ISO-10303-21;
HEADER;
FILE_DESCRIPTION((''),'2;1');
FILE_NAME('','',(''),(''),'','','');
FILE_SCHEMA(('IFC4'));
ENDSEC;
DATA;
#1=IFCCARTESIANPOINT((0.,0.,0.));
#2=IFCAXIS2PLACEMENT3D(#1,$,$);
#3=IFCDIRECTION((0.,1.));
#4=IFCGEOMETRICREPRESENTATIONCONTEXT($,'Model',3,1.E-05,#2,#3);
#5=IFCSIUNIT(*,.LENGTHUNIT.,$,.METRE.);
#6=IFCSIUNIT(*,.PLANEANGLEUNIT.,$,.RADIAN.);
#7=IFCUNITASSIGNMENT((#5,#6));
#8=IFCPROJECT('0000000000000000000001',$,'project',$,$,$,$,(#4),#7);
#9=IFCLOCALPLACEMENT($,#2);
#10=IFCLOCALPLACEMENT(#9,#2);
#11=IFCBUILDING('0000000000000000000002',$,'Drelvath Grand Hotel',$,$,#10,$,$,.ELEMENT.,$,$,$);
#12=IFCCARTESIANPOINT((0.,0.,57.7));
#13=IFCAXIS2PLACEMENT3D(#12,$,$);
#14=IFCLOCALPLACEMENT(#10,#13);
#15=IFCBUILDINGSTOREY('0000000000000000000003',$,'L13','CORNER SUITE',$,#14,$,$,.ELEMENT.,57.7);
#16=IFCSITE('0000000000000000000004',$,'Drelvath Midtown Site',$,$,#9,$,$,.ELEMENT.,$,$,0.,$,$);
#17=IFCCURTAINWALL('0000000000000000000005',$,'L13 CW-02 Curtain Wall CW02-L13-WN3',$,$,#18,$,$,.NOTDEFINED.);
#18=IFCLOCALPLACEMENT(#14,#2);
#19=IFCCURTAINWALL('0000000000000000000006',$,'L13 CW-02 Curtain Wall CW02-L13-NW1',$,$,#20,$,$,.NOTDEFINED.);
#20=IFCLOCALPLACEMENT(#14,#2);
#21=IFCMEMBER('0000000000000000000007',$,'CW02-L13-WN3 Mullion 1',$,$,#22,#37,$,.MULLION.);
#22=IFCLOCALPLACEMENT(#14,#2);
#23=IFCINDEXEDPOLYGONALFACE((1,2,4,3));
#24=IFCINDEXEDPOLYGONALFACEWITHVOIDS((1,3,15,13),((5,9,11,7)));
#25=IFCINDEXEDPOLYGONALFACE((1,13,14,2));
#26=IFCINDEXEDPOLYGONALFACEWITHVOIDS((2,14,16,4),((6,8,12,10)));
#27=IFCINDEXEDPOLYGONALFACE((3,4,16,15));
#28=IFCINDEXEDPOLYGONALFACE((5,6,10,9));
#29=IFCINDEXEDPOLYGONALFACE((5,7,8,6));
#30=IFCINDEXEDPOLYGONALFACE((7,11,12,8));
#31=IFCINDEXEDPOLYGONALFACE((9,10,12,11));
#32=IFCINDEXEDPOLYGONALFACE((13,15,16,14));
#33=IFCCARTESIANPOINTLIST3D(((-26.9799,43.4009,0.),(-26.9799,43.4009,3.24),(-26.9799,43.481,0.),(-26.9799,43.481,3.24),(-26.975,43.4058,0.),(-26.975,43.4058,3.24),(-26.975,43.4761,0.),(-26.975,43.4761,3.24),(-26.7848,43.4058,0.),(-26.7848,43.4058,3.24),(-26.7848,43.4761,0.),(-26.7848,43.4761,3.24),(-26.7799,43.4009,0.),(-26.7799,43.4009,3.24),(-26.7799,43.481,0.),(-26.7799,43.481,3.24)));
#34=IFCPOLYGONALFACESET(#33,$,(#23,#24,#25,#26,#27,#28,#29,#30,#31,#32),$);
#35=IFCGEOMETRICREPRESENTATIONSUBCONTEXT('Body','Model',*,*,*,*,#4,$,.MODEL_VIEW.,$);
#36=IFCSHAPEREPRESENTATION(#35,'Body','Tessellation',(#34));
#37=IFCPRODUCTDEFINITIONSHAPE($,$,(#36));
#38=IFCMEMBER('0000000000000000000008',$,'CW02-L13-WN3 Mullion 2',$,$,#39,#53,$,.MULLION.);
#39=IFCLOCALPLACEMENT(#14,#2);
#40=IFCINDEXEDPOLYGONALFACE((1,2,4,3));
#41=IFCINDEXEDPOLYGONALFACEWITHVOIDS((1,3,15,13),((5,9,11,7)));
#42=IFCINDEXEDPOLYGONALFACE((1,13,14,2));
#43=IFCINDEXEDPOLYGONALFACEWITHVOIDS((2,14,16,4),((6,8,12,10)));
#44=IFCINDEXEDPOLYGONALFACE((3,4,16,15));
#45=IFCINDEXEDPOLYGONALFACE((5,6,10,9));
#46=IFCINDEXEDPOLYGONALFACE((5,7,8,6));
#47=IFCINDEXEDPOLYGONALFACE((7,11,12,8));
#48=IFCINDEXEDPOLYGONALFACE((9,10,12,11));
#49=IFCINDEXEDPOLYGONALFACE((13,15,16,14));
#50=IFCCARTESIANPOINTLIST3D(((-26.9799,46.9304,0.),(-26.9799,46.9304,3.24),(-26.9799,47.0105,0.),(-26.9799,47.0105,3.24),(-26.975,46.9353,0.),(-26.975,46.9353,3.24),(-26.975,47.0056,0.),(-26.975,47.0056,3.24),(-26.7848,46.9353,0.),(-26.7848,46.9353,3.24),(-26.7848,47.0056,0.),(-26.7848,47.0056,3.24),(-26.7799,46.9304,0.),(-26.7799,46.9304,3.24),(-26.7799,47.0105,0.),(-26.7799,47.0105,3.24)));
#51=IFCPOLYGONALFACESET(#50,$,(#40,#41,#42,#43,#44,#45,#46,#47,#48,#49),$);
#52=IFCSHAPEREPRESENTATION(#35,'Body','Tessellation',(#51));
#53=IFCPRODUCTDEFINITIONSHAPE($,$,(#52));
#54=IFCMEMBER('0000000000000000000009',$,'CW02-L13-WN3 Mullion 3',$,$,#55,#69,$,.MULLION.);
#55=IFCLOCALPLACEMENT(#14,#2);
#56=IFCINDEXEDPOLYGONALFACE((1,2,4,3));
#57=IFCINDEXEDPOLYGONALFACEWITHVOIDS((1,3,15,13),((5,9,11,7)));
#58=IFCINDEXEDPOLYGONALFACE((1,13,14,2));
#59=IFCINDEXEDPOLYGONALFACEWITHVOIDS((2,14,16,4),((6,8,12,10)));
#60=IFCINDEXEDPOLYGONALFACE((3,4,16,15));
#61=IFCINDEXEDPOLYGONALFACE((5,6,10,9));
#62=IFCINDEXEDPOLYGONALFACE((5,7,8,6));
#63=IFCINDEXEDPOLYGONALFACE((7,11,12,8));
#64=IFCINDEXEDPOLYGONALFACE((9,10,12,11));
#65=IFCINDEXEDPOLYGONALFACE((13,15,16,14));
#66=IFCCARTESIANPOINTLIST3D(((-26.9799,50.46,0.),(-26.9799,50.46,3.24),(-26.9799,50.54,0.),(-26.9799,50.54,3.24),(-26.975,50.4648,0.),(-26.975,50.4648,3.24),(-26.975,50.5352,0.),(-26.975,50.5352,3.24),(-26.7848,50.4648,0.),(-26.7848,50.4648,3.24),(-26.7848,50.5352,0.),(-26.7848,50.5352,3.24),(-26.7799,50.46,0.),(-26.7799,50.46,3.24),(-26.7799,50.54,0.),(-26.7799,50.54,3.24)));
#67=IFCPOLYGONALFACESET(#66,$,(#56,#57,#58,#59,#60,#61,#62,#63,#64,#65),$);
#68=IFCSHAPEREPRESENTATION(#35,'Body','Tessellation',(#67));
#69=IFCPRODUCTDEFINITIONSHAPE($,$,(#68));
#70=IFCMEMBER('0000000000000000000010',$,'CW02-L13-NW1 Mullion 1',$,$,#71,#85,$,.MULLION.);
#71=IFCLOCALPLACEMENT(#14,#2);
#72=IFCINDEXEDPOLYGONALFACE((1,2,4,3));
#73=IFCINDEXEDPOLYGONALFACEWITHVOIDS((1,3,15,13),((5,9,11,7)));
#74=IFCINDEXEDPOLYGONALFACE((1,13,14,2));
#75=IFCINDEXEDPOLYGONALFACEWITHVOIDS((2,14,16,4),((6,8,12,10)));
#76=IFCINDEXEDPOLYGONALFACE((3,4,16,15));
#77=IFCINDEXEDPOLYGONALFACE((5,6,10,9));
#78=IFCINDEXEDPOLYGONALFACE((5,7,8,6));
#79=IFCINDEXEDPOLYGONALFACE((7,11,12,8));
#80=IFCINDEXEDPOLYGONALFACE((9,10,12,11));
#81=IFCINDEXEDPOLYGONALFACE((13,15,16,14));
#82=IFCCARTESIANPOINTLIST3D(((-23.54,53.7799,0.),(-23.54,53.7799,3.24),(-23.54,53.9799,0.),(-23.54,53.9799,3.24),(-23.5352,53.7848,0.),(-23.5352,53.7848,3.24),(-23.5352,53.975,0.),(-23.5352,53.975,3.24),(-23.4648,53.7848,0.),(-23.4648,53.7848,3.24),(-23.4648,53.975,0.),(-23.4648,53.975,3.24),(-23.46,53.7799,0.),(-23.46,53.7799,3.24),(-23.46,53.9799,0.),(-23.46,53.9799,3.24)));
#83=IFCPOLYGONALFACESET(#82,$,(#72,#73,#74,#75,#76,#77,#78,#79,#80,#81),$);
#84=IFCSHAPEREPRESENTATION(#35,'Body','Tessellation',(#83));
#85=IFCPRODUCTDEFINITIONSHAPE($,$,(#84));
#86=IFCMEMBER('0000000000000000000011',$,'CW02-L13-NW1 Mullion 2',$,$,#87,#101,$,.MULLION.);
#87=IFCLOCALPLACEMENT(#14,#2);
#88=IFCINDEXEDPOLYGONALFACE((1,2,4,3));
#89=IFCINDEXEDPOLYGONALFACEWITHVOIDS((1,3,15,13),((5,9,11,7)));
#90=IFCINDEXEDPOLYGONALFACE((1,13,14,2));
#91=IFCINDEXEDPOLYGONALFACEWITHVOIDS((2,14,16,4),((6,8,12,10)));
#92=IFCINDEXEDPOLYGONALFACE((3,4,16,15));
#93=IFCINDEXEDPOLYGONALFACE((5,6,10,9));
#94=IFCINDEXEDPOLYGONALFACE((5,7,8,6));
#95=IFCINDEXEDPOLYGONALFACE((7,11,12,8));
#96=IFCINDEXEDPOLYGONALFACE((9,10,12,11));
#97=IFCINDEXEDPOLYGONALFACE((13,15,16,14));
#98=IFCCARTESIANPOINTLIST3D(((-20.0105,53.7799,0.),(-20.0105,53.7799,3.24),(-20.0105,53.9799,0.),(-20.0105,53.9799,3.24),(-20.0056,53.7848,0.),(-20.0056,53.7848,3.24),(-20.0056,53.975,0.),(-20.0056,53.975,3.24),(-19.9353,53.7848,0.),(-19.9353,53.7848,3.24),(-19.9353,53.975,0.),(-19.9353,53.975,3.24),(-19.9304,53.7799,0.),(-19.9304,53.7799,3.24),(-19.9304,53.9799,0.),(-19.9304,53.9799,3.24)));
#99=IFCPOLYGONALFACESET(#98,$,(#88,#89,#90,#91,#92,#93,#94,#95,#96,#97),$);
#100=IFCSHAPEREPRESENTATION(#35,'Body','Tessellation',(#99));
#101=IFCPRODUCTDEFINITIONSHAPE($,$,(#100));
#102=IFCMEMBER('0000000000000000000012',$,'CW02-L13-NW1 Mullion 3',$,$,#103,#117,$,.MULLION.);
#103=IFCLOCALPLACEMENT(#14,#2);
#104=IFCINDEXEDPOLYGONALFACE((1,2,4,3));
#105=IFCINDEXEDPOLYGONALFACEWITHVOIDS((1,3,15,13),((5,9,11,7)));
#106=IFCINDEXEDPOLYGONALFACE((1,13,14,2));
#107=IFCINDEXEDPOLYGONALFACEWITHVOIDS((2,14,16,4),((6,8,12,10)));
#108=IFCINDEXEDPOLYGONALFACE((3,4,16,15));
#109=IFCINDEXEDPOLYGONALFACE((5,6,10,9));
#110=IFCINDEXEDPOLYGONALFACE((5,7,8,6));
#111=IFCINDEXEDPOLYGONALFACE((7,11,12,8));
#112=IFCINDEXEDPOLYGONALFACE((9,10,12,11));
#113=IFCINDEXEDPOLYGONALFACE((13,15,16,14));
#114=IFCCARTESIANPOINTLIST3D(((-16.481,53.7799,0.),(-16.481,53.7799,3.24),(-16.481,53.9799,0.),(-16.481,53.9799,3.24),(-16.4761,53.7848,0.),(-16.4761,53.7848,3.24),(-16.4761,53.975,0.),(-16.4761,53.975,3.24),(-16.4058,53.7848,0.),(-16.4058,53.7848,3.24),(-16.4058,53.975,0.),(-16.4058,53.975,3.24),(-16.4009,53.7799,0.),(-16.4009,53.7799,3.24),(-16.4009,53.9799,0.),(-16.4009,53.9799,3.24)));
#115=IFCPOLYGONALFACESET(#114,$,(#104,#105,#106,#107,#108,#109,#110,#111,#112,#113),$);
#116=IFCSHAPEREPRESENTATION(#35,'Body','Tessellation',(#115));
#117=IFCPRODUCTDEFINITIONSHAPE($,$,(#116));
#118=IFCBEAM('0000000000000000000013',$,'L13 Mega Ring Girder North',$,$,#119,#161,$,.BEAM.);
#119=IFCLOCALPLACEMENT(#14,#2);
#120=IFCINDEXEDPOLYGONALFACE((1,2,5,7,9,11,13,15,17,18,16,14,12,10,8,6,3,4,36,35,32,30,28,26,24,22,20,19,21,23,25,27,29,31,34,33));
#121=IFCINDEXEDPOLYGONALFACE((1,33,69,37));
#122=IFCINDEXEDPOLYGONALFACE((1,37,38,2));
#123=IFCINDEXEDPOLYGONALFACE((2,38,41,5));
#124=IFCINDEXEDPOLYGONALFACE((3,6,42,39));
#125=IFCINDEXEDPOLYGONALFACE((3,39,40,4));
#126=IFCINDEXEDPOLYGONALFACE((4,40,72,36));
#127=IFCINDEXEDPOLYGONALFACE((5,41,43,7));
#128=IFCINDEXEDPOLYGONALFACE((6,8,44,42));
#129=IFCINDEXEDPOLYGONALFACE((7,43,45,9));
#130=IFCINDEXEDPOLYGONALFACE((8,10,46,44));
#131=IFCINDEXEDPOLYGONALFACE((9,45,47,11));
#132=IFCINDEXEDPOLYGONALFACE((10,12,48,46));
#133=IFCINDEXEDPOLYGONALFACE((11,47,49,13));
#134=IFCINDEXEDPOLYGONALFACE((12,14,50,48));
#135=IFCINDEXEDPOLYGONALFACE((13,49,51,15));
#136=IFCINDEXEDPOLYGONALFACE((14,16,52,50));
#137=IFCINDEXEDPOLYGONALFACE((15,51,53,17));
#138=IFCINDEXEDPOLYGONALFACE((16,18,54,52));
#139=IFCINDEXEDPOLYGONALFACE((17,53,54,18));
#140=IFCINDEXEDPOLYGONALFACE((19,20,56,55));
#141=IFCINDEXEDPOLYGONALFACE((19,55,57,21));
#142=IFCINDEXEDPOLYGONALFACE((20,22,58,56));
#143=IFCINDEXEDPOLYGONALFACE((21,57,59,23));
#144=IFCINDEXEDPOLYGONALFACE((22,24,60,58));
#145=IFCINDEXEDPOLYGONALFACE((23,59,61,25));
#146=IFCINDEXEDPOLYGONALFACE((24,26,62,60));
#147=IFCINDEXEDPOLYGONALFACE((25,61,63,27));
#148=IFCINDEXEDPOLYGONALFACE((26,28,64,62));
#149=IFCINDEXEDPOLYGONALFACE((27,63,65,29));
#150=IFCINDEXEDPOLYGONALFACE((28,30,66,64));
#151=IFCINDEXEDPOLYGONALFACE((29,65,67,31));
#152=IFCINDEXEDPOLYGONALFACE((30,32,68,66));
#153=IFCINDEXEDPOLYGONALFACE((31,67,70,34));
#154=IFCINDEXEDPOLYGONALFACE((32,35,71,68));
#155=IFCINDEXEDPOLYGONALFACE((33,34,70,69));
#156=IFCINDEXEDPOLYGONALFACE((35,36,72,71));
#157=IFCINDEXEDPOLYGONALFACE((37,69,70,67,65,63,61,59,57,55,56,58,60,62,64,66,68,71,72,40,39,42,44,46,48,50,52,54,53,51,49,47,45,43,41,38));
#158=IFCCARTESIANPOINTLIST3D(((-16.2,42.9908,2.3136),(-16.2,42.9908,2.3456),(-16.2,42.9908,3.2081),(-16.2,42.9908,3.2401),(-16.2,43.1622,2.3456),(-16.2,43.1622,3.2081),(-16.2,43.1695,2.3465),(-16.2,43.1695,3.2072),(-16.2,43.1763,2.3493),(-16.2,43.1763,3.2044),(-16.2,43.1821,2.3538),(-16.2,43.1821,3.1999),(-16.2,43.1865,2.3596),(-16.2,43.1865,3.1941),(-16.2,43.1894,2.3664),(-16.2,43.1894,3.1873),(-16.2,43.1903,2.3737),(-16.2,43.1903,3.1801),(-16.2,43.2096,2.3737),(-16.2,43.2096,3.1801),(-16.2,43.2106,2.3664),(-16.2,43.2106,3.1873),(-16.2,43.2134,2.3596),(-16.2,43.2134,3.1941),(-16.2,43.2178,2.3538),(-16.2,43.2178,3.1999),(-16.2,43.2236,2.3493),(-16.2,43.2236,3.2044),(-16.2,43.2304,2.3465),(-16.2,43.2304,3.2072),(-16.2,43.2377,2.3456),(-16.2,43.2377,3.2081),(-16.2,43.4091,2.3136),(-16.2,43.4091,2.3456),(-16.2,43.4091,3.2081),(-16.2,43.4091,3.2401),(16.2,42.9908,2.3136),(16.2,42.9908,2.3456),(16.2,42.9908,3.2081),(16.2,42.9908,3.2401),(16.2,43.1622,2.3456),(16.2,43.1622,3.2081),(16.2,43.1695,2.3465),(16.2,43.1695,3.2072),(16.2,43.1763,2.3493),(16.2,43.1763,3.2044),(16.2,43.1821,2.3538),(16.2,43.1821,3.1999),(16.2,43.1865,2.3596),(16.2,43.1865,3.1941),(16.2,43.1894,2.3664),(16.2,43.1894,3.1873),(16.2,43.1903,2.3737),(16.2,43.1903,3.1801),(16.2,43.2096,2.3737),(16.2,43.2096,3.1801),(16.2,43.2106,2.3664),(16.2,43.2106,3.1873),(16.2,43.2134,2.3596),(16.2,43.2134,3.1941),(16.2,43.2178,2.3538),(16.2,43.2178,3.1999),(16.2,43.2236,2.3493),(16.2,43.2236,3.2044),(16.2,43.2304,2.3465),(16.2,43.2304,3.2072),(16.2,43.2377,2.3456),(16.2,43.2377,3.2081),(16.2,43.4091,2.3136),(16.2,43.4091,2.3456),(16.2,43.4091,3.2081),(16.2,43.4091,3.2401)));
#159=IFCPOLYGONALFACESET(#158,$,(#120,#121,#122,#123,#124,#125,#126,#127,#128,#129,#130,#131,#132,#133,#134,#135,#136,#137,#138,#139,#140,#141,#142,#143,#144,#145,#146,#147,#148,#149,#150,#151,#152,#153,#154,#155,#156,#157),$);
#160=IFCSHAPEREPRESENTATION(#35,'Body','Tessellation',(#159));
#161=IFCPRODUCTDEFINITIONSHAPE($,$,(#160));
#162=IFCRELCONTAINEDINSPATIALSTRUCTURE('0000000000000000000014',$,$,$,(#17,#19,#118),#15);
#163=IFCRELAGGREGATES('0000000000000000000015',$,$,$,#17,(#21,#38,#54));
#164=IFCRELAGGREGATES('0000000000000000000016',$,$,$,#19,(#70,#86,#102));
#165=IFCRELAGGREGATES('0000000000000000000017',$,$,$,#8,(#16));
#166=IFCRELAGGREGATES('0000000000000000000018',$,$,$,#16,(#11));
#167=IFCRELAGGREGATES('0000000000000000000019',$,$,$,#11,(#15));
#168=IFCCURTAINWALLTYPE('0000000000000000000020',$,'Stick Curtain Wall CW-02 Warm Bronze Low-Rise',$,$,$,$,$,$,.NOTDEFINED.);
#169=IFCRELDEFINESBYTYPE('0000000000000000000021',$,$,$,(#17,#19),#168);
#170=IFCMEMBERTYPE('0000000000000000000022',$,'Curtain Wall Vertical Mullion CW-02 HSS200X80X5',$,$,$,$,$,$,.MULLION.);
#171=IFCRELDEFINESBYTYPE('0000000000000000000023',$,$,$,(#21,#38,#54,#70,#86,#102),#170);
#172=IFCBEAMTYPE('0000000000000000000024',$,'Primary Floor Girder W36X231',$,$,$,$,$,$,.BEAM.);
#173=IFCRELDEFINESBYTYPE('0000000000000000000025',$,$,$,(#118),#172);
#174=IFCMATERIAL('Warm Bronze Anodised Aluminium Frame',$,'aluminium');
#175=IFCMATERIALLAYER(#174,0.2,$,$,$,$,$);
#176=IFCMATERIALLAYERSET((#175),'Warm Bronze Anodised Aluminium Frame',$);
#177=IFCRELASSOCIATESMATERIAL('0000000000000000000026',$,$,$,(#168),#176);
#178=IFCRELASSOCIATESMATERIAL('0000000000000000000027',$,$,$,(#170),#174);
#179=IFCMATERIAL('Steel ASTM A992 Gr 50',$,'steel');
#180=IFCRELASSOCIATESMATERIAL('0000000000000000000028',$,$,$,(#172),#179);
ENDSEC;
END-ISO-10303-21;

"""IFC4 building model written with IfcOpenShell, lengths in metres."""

from ifc_helpers import new_model, si_unit, direction, frame, origin, origin_2d, place, context, subcontext, project, spatial, hollow_rectangle, i_section, extrude, material, layer, layer_set, material_profile, profile_set, type_object, element, aggregate, save


model = new_model("IFC4")

# Units and contexts
model_context = context("Model", 3, precision=1e-05, world=origin(), true_north=direction((0.0, 1.0)))
body_context = subcontext(model_context, "Body", "Model", "MODEL_VIEW")
ifc_project = project(units=[si_unit("LENGTHUNIT", "METRE"), si_unit("PLANEANGLEUNIT", "RADIAN")], contexts=[model_context])

# Site, building, storey
site_placement = place(None, origin())
site = spatial("IfcSite", under=ifc_project, at=site_placement, Name="Drelvath Midtown Site", CompositionType="ELEMENT", RefElevation=0.0)
building_placement = place(site_placement, origin())
building = spatial("IfcBuilding", under=site, at=building_placement, Name="Drelvath Grand Hotel", CompositionType="ELEMENT")
storey_placement = place(building_placement, frame((0.0, 0.0, 57.7)))
storey = spatial("IfcBuildingStorey", under=building, at=storey_placement, Name="L13", Description="CORNER SUITE", CompositionType="ELEMENT", Elevation=57.7)

# Shared definitions
ifc_material_1 = material(Name="Steel ASTM A992 Gr 50", Category="steel")

# Curtain walls
ifc_material_2 = material(Name="Warm Bronze Anodised Aluminium Frame", Category="aluminium")
ifc_layer_1 = layer(ifc_material_2, 0.2)
ifc_layer_set_1 = layer_set([ifc_layer_1], Name="Warm Bronze Anodised Aluminium Frame")
curtain_wall_type = type_object("IfcCurtainWallType", Name="Stick Curtain Wall CW-02 Warm Bronze Low-Rise", PredefinedType="NOTDEFINED", material=ifc_layer_set_1)
curtain_wall_1_placement = place(storey_placement, origin())
curtain_wall_1 = element("IfcCurtainWall", 1, at=curtain_wall_1_placement, inside=storey, type_object=curtain_wall_type, Name="L13 CW-02 Curtain Wall CW02-L13-WN3", PredefinedType="NOTDEFINED")
curtain_wall_2_placement = place(storey_placement, origin())
curtain_wall_2 = element("IfcCurtainWall", 2, at=curtain_wall_2_placement, inside=storey, type_object=curtain_wall_type, Name="L13 CW-02 Curtain Wall CW02-L13-NW1", PredefinedType="NOTDEFINED")

# Shared definitions
ifc_material_profile_1 = material_profile(ifc_material_2, hollow_rectangle(XDim=0.0801, YDim=0.2, WallThickness=0.0049, at=origin_2d()), Name="HSS200X80X5")
ifc_profile_set_1 = profile_set([ifc_material_profile_1], Name="Warm Bronze Anodised Aluminium Frame")
member_type_1 = type_object("IfcMemberType", Name="Curtain Wall Vertical Mullion CW-02 HSS200X80X5", PredefinedType="MULLION", material=ifc_profile_set_1)

# Members
member_1_placement = place(storey_placement, frame((-26.8799, 43.4409, 0.0), z_axis=(0.0, 0.0, 1.0), x_axis=(0.0, 1.0, 0.0)))
member_1 = element("IfcMember", 3, at=member_1_placement, type_object=member_type_1, Name="CW02-L13-WN3 Mullion 1", PredefinedType="MULLION", context=body_context, shape_type="SweptSolid", body=[
    extrude(hollow_rectangle(XDim=0.0801, YDim=0.2, WallThickness=0.0049, at=origin_2d()), origin(), (0.0, 0.0, 1.0), 3.24),
])
member_2_placement = place(storey_placement, frame((-26.8799, 46.9705, 0.0), z_axis=(0.0, 0.0, 1.0), x_axis=(0.0, 1.0, 0.0)))
member_2 = element("IfcMember", 4, at=member_2_placement, type_object=member_type_1, Name="CW02-L13-WN3 Mullion 2", PredefinedType="MULLION", context=body_context, shape_type="SweptSolid", body=[
    extrude(hollow_rectangle(XDim=0.0801, YDim=0.2, WallThickness=0.0049, at=origin_2d()), origin(), (0.0, 0.0, 1.0), 3.24),
])
member_3_placement = place(storey_placement, frame((-26.8799, 50.5, 0.0), z_axis=(0.0, 0.0, 1.0), x_axis=(0.0, 1.0, 0.0)))
member_3 = element("IfcMember", 5, at=member_3_placement, type_object=member_type_1, Name="CW02-L13-WN3 Mullion 3", PredefinedType="MULLION", context=body_context, shape_type="SweptSolid", body=[
    extrude(hollow_rectangle(XDim=0.0801, YDim=0.2, WallThickness=0.0049, at=origin_2d()), origin(), (0.0, 0.0, 1.0), 3.24),
])
member_4_placement = place(storey_placement, frame((-23.5, 53.8799, 0.0), z_axis=(0.0, 0.0, 1.0), x_axis=(1.0, 0.0, 0.0)))
member_4 = element("IfcMember", 6, at=member_4_placement, type_object=member_type_1, Name="CW02-L13-NW1 Mullion 1", PredefinedType="MULLION", context=body_context, shape_type="SweptSolid", body=[
    extrude(hollow_rectangle(XDim=0.0801, YDim=0.2, WallThickness=0.0049, at=origin_2d()), origin(), (0.0, 0.0, 1.0), 3.24),
])
member_5_placement = place(storey_placement, frame((-19.9705, 53.8799, 0.0), z_axis=(0.0, 0.0, 1.0), x_axis=(1.0, 0.0, 0.0)))
member_5 = element("IfcMember", 7, at=member_5_placement, type_object=member_type_1, Name="CW02-L13-NW1 Mullion 2", PredefinedType="MULLION", context=body_context, shape_type="SweptSolid", body=[
    extrude(hollow_rectangle(XDim=0.0801, YDim=0.2, WallThickness=0.0049, at=origin_2d()), origin(), (0.0, 0.0, 1.0), 3.24),
])
member_6_placement = place(storey_placement, frame((-16.4409, 53.8799, 0.0), z_axis=(0.0, 0.0, 1.0), x_axis=(1.0, 0.0, 0.0)))
member_6 = element("IfcMember", 8, at=member_6_placement, type_object=member_type_1, Name="CW02-L13-NW1 Mullion 3", PredefinedType="MULLION", context=body_context, shape_type="SweptSolid", body=[
    extrude(hollow_rectangle(XDim=0.0801, YDim=0.2, WallThickness=0.0049, at=origin_2d()), origin(), (0.0, 0.0, 1.0), 3.24),
])

# Beam
ifc_material_profile_2 = material_profile(ifc_material_1, i_section(OverallWidth=0.4182, OverallDepth=0.9265, WebThickness=0.0193, FlangeThickness=0.032, FilletRadius=0.0281, at=origin_2d()), Name="W36X231")
ifc_profile_set_2 = profile_set([ifc_material_profile_2], Name="Steel ASTM A992 Gr 50")
beam_type_1 = type_object("IfcBeamType", Name="Primary Floor Girder W36X231", PredefinedType="BEAM", material=ifc_profile_set_2)
beam_1_placement = place(storey_placement, frame((-16.2, 43.2, 2.7769), z_axis=(1.0, 0.0, 0.0), x_axis=(0.0, 1.0, 0.0)))
element("IfcBeam", 9, at=beam_1_placement, inside=storey, type_object=beam_type_1, Name="L13 Mega Ring Girder North", PredefinedType="BEAM", context=body_context, shape_type="SweptSolid", body=[
    extrude(i_section(OverallWidth=0.4182, OverallDepth=0.9265, WebThickness=0.0193, FlangeThickness=0.032, FilletRadius=0.0281, at=origin_2d()), origin(), (0.0, 0.0, 1.0), 32.3999),
])

aggregate(curtain_wall_1, [member_1, member_2, member_3])
aggregate(curtain_wall_2, [member_4, member_5, member_6])

save(model, "model.ifc")
